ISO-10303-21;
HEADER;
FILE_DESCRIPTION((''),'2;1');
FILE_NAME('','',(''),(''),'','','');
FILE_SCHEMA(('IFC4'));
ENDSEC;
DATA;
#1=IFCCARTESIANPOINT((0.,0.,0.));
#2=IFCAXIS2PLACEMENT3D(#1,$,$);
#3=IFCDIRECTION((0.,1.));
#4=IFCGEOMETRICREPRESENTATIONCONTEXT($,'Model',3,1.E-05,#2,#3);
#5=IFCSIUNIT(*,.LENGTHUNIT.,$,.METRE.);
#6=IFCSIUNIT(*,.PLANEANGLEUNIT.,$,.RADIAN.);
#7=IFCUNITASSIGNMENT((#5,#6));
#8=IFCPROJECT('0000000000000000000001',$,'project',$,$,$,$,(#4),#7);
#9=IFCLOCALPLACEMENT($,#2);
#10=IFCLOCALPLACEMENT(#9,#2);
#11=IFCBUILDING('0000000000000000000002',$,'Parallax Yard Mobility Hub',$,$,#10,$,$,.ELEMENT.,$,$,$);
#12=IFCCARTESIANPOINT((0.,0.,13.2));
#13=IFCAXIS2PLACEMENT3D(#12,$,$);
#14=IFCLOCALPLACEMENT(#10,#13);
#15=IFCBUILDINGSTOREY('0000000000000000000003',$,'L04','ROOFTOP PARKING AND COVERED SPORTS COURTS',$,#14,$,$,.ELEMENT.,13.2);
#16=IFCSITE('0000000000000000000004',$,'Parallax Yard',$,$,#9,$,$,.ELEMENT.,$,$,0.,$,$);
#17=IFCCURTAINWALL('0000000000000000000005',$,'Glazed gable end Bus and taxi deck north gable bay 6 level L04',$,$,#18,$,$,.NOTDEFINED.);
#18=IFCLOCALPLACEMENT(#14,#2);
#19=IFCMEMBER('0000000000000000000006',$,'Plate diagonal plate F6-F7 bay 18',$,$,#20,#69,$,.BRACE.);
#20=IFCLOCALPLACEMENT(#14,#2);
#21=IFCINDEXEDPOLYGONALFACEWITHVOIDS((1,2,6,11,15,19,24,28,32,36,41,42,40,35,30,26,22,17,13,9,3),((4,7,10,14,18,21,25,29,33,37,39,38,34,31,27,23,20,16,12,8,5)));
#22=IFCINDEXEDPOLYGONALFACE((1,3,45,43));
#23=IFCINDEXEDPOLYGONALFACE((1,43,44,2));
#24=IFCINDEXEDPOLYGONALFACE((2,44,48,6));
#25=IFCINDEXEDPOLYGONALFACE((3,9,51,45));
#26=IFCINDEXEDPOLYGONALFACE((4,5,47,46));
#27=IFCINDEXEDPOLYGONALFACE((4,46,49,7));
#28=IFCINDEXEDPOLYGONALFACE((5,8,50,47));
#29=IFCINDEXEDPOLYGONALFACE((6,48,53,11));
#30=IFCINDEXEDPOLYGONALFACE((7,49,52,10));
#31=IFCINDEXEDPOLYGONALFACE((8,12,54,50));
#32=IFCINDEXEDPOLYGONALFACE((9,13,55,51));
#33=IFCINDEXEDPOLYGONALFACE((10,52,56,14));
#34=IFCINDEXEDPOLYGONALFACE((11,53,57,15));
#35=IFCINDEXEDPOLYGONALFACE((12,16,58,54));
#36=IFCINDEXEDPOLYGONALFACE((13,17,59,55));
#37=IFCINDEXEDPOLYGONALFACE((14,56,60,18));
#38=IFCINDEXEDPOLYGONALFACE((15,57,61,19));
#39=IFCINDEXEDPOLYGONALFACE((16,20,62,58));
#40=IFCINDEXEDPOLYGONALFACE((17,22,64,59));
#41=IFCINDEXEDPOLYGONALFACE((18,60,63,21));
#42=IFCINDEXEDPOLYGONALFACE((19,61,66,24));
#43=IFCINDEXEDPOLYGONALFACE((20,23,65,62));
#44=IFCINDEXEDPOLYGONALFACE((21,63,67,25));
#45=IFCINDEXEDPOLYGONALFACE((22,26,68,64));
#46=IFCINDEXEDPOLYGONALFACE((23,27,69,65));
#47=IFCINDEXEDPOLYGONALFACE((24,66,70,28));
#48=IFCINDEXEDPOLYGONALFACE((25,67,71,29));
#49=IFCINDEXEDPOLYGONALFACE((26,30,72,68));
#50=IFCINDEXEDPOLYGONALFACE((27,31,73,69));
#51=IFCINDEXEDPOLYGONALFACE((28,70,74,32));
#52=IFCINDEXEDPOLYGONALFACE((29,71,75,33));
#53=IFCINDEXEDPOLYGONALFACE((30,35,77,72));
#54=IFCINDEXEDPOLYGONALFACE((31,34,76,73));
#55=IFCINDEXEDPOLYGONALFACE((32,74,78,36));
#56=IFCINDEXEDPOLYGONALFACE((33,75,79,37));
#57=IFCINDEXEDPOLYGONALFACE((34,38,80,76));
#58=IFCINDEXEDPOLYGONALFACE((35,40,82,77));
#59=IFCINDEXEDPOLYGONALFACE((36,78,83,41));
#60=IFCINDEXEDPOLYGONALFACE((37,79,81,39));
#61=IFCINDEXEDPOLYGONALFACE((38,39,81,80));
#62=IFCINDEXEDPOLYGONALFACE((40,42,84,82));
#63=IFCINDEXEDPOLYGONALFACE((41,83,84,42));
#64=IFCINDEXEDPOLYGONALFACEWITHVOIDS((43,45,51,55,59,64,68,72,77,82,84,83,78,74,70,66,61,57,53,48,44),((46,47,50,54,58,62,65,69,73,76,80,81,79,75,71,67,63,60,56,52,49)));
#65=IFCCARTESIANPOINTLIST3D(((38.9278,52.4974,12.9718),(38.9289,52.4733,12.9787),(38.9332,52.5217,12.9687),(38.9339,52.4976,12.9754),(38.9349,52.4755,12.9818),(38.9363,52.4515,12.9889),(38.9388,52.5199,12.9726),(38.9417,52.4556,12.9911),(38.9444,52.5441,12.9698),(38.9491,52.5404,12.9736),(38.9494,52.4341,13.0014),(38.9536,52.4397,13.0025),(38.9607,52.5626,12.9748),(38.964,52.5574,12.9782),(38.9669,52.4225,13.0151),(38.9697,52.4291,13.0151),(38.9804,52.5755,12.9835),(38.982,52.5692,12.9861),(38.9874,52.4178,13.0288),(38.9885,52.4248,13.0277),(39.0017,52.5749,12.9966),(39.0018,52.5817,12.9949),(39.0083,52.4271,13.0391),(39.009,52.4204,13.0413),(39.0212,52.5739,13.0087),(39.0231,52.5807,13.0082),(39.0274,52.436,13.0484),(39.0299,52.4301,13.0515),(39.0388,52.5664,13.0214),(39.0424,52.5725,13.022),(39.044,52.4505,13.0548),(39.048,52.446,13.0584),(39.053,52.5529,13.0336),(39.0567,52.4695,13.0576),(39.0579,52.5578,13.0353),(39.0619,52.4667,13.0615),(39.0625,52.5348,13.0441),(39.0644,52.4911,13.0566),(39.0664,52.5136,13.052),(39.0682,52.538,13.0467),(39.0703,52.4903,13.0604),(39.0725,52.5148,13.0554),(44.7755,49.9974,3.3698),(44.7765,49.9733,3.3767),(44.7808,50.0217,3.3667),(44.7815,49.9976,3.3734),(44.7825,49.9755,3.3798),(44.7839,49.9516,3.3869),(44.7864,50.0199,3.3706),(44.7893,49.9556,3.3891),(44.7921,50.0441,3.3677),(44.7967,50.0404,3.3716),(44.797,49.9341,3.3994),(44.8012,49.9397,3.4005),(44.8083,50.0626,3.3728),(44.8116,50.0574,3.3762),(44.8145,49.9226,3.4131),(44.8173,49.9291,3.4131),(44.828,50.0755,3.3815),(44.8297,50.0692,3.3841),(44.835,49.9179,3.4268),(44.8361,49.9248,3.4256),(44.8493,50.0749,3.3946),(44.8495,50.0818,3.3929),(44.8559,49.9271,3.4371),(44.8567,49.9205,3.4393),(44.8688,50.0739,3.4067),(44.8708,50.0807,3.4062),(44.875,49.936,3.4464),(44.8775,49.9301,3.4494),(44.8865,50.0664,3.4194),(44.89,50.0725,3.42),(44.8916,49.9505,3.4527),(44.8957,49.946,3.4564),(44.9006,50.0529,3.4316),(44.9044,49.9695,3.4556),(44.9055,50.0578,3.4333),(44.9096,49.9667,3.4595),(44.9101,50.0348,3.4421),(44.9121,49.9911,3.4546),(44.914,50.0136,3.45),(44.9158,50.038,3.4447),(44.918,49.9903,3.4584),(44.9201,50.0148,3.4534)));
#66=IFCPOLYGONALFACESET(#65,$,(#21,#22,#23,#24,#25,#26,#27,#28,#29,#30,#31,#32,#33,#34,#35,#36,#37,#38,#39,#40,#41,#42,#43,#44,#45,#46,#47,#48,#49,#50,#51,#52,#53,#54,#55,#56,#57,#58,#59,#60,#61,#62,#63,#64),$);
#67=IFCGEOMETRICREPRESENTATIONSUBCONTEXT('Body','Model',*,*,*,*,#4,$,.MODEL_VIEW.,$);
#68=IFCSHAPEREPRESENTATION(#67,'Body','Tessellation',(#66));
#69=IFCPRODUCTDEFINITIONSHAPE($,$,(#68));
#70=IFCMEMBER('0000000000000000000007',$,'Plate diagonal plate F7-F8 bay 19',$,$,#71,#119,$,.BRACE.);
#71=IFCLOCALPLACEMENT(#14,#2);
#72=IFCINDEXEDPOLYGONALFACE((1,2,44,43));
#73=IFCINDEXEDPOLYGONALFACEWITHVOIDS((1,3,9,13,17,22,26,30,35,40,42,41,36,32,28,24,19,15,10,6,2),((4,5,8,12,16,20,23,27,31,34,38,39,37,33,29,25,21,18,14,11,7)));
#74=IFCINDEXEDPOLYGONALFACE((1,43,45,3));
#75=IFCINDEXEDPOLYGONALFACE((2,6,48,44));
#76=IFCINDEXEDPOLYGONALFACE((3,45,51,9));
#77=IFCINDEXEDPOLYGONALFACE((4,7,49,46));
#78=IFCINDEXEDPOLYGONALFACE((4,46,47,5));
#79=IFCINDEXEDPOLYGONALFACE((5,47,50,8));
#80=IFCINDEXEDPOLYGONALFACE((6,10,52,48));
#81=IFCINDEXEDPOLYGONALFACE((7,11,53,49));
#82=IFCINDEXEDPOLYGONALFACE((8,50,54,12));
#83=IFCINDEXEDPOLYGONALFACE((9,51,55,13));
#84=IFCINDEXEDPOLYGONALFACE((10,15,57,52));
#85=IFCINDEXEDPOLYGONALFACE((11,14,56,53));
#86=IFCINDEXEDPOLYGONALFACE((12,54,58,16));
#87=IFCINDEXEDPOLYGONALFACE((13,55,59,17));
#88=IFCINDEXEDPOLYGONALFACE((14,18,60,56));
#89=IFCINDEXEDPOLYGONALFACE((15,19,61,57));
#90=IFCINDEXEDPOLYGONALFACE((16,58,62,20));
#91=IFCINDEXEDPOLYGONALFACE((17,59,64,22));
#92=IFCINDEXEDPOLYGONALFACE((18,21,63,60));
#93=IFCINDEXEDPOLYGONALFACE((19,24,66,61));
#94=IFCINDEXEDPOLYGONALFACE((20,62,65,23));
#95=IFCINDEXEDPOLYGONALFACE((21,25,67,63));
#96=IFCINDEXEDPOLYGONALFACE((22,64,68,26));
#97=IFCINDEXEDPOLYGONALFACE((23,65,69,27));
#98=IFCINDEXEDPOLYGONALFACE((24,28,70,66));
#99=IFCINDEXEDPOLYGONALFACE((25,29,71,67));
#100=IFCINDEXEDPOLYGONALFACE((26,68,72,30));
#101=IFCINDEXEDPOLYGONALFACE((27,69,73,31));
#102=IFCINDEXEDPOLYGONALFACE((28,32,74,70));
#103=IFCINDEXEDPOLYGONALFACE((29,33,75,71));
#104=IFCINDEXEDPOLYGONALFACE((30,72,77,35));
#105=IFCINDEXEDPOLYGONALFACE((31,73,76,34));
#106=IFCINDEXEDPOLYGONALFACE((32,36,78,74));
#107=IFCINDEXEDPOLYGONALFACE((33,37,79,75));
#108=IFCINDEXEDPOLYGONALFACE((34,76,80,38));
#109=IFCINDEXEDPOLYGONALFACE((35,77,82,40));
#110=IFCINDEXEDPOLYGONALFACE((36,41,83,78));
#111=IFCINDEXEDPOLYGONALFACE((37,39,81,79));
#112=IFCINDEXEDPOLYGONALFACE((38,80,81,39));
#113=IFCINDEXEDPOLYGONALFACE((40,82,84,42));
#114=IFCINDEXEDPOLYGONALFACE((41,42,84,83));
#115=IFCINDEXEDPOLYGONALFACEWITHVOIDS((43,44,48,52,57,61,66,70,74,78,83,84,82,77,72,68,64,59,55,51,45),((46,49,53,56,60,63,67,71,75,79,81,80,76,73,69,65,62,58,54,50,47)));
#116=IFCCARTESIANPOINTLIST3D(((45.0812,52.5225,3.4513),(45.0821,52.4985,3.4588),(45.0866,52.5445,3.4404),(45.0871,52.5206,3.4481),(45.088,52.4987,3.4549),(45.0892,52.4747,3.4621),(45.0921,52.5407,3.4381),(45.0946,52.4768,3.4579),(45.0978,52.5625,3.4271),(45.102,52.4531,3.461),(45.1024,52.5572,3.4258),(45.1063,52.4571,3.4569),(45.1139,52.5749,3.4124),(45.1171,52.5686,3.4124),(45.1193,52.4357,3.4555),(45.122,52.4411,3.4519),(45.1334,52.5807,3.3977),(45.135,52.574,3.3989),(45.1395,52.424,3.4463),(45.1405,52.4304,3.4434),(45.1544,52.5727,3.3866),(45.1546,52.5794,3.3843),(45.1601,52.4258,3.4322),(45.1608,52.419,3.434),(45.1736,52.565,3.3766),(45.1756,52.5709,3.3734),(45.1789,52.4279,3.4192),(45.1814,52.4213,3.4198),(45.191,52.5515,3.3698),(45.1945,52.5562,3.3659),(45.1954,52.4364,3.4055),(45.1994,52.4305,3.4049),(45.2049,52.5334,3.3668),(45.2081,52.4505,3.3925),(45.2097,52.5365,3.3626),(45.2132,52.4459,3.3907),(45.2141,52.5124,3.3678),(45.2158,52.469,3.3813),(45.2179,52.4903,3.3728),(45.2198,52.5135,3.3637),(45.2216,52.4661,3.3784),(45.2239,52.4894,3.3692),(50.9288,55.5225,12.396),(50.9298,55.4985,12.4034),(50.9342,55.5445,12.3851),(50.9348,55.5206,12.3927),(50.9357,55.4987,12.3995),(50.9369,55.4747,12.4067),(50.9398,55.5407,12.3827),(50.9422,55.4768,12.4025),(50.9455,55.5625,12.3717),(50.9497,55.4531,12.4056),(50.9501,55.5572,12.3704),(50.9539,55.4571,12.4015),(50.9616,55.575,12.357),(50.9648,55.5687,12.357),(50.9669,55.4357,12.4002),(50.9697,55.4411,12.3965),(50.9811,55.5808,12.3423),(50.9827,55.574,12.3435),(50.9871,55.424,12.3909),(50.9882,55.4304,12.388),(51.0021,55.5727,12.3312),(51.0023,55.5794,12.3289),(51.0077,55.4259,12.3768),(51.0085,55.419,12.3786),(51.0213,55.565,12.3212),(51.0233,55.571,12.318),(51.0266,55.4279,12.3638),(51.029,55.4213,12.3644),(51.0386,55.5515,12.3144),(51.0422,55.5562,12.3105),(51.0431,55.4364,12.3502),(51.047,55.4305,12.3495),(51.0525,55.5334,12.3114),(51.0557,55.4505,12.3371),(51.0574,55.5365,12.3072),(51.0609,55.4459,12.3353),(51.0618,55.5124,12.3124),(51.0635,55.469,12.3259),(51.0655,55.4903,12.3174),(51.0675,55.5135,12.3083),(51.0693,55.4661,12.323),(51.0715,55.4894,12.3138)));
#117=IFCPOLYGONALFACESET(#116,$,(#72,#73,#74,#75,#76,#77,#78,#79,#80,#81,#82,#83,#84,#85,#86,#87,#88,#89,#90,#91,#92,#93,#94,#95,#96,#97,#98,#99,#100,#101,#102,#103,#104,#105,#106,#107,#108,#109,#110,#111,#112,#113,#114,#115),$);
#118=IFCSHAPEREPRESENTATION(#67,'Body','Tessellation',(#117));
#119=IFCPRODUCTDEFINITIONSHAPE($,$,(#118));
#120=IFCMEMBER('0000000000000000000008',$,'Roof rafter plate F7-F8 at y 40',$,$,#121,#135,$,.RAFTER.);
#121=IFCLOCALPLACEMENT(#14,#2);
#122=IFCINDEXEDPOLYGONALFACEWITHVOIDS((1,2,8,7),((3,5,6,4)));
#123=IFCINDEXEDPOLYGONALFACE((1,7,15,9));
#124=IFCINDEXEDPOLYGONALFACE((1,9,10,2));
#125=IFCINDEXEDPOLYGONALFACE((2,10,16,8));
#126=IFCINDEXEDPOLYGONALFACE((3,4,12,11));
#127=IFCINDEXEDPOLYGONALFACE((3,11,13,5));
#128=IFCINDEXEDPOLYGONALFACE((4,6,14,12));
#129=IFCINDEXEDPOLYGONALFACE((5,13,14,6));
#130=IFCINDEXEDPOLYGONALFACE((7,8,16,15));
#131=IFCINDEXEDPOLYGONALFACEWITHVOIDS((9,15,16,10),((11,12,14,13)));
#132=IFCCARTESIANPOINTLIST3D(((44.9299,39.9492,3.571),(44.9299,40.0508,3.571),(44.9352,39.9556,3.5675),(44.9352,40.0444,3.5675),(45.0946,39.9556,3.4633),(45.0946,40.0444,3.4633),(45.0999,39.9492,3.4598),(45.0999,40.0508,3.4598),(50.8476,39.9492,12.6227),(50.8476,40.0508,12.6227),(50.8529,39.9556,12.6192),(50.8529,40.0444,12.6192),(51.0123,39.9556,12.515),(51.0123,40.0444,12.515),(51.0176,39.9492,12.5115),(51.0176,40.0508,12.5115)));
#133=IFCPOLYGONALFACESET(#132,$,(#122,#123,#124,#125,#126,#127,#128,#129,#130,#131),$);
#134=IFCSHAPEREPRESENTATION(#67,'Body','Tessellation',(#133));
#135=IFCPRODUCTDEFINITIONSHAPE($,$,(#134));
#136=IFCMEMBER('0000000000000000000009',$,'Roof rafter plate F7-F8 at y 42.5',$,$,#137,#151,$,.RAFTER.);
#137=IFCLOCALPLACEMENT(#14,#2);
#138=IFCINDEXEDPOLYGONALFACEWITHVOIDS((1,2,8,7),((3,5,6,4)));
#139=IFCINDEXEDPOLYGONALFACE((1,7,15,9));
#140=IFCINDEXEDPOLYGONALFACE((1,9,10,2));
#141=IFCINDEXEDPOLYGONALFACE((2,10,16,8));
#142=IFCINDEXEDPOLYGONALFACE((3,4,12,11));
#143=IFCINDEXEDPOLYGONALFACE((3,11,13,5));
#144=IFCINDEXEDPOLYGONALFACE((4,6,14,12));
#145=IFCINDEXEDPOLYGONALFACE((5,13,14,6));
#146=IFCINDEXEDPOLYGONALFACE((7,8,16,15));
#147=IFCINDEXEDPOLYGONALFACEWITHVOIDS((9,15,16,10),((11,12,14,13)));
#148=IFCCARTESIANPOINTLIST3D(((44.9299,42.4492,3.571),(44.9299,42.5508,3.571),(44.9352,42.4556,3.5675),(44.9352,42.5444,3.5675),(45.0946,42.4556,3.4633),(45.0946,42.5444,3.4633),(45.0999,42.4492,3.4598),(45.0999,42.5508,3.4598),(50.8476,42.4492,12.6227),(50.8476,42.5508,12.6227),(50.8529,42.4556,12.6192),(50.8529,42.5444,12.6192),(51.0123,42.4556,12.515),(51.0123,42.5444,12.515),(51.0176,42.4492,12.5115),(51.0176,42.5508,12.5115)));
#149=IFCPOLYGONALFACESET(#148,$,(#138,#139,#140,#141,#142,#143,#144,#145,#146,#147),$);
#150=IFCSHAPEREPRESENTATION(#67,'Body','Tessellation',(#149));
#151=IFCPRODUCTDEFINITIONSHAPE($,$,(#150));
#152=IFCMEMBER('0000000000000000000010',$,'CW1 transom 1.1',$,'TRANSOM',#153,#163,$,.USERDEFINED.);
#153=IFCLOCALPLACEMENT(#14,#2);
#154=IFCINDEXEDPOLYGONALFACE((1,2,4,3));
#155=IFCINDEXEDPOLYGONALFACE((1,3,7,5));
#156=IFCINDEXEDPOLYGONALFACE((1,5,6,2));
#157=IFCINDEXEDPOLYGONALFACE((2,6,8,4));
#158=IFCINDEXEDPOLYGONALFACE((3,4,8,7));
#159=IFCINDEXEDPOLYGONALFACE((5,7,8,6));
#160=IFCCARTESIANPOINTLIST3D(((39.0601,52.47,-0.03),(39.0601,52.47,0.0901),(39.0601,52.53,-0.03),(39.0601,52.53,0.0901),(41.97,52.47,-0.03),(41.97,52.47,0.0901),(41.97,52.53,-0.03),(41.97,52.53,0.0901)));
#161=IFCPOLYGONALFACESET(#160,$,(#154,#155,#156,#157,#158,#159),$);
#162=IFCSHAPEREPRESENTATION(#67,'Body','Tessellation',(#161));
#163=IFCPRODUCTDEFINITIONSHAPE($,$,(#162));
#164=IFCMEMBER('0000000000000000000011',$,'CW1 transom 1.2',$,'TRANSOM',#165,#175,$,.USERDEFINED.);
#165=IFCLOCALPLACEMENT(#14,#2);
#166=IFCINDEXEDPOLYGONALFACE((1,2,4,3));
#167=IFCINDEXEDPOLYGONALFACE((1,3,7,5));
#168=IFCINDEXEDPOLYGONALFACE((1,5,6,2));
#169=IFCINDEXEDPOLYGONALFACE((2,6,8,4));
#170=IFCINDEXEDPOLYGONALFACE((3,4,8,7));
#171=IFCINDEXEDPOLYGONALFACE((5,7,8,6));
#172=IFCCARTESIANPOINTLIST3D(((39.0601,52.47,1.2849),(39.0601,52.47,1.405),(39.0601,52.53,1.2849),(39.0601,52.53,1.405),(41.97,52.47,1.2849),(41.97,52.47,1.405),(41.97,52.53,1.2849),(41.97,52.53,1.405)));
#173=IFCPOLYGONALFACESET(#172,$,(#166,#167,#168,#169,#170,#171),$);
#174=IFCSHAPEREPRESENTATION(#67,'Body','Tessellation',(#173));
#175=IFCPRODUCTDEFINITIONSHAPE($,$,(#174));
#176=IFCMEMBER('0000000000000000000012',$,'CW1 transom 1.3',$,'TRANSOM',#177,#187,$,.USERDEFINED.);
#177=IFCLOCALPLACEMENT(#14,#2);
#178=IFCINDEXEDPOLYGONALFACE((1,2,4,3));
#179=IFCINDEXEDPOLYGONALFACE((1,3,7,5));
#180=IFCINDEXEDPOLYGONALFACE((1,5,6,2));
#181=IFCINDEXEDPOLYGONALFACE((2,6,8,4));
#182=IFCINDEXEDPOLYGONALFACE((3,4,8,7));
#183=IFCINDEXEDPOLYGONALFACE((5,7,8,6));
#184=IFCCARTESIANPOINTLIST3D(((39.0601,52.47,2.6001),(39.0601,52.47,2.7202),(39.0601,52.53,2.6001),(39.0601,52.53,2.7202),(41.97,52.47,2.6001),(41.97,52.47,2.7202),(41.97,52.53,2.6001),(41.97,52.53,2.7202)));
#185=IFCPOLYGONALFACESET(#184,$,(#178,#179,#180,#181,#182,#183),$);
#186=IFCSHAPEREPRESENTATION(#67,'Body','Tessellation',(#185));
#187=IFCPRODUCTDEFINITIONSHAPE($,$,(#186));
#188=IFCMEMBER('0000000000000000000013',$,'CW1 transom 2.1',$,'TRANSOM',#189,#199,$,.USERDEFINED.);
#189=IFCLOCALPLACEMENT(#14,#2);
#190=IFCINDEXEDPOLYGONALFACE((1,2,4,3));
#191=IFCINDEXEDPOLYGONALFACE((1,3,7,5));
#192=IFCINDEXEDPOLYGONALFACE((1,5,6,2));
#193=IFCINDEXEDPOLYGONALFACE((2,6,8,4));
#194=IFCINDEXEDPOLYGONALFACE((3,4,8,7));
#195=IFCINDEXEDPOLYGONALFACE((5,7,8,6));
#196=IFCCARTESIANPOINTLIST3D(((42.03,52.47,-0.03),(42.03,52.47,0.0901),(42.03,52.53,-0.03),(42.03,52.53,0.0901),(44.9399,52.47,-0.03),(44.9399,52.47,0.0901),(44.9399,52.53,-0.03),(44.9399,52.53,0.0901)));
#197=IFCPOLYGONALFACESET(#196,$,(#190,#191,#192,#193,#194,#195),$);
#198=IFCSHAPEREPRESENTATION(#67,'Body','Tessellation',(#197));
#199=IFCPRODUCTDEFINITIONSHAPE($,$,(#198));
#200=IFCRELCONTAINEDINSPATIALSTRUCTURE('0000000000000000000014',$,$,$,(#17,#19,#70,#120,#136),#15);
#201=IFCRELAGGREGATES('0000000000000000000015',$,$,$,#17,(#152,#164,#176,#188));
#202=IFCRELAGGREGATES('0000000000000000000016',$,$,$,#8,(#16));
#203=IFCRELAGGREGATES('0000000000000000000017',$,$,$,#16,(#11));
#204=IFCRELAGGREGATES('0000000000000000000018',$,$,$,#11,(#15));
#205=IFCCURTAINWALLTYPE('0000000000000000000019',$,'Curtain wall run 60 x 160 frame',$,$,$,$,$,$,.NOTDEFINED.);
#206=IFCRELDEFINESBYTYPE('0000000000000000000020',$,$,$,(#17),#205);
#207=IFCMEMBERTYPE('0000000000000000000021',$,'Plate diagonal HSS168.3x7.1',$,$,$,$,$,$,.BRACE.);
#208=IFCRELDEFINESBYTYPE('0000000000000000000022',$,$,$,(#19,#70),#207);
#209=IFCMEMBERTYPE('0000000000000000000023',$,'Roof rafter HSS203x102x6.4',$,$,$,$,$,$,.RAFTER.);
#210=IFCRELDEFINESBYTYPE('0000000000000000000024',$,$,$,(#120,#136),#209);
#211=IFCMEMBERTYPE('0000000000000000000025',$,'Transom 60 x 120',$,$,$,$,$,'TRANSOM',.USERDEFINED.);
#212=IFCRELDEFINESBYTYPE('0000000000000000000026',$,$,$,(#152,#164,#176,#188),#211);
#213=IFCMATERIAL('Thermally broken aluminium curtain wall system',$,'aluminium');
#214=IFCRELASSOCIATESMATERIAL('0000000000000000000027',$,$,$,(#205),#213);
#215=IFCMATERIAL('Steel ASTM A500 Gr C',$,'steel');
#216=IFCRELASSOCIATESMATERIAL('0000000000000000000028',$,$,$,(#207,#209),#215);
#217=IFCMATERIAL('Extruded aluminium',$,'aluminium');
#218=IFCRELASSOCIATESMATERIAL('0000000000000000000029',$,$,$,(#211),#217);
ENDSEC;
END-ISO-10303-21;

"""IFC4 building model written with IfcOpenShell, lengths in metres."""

from ifc_helpers import new_model, si_unit, direction, frame, origin, origin_2d, place, context, subcontext, project, spatial, rectangle, hollow_rectangle, hollow_circle, extrude, material, material_profile, profile_set, type_object, element, aggregate, save


model = new_model("IFC4")

# Units and contexts
model_context = context("Model", 3, precision=1e-05, world=origin(), true_north=direction((0.0, 1.0)))
body_context = subcontext(model_context, "Body", "Model", "MODEL_VIEW")
ifc_project = project(units=[si_unit("LENGTHUNIT", "METRE"), si_unit("PLANEANGLEUNIT", "RADIAN")], contexts=[model_context])

# Site, building, storey
site_placement = place(None, origin())
site = spatial("IfcSite", under=ifc_project, at=site_placement, Name="Parallax Yard", CompositionType="ELEMENT", RefElevation=0.0)
building_placement = place(site_placement, origin())
building = spatial("IfcBuilding", under=site, at=building_placement, Name="Parallax Yard Mobility Hub", CompositionType="ELEMENT")
storey_placement = place(building_placement, frame((0.0, 0.0, 13.2)))
storey = spatial("IfcBuildingStorey", under=building, at=storey_placement, Name="L04", Description="ROOFTOP PARKING AND COVERED SPORTS COURTS", CompositionType="ELEMENT", Elevation=13.2)

# Curtain wall
ifc_material_1 = material(Name="Thermally broken aluminium curtain wall system", Category="aluminium")
curtain_wall_type = type_object("IfcCurtainWallType", Name="Curtain wall run 60 x 160 frame", PredefinedType="NOTDEFINED", material=ifc_material_1)
curtain_wall_1_placement = place(storey_placement, origin())
curtain_wall_1 = element("IfcCurtainWall", 1, at=curtain_wall_1_placement, inside=storey, type_object=curtain_wall_type, Name="Glazed gable end Bus and taxi deck north gable bay 6 level L04", PredefinedType="NOTDEFINED")
ifc_material_2 = material(Name="Extruded aluminium", Category="aluminium")

# Members
ifc_material_3 = material(Name="Steel ASTM A500 Gr C", Category="steel")
ifc_material_profile_1 = material_profile(ifc_material_3, hollow_circle(Radius=0.0842, WallThickness=0.0071, at=origin_2d()), Name="HSS168.3x7.1")
ifc_profile_set_1 = profile_set([ifc_material_profile_1], Name="Steel ASTM A500 Gr C")
member_type_1 = type_object("IfcMemberType", Name="Plate diagonal HSS168.3x7.1", PredefinedType="BRACE", material=ifc_profile_set_1)
member_1_placement = place(storey_placement, frame((44.8477, 50.0, 3.4131), z_axis=(-0.507735, 0.217068, 0.833718), x_axis=(-0.393104, -0.919494, 0.0)))
element("IfcMember", 2, at=member_1_placement, inside=storey, type_object=member_type_1, Name="Plate diagonal plate F6-F7 bay 18", PredefinedType="BRACE", context=body_context, shape_type="SweptSolid", body=[
    extrude(hollow_circle(Radius=0.0842, WallThickness=0.0071, at=origin_2d()), origin(), (0.0, 0.0, 1.0), 11.5171),
])
member_2_placement = place(storey_placement, frame((45.1523, 52.5, 3.4124), z_axis=(0.526836, 0.270281, 0.805849), x_axis=(-0.456461, 0.889743, 0.0)))
element("IfcMember", 3, at=member_2_placement, inside=storey, type_object=member_type_1, Name="Plate diagonal plate F7-F8 bay 19", PredefinedType="BRACE", context=body_context, shape_type="SweptSolid", body=[
    extrude(hollow_circle(Radius=0.0842, WallThickness=0.0071, at=origin_2d()), origin(), (0.0, 0.0, 1.0), 11.0996),
])
ifc_material_profile_2 = material_profile(ifc_material_3, hollow_rectangle(XDim=0.1016, YDim=0.2031, WallThickness=0.0063, at=origin_2d()), Name="HSS203x102x6.4")
ifc_profile_set_2 = profile_set([ifc_material_profile_2], Name="Steel ASTM A500 Gr C")
member_type_2 = type_object("IfcMemberType", Name="Roof rafter HSS203x102x6.4", PredefinedType="RAFTER", material=ifc_profile_set_2)
for number, where, z_axis, x_axis, name in (
    (4, (45.0149, 40.0, 3.5154), (0.547202, 0.0, 0.837001), (0.0, 1.0, 0.0), "Roof rafter plate F7-F8 at y 40"),
    (5, (45.0149, 42.5, 3.5154), (0.547202, 0.0, 0.837001), (0.0, 1.0, 0.0), "Roof rafter plate F7-F8 at y 42.5"),
):
    element("IfcMember", number, at=place(storey_placement, frame(where, z_axis=z_axis, x_axis=x_axis)), inside=storey, type_object=member_type_2, Name=name, PredefinedType="RAFTER", context=body_context, shape_type="SweptSolid", body=[
        extrude(hollow_rectangle(XDim=0.1016, YDim=0.2031, WallThickness=0.0063, at=origin_2d()), origin(), (0.0, 0.0, 1.0), 10.8145),
    ])

# Members
ifc_material_profile_3 = material_profile(ifc_material_2, rectangle(XDim=0.0601, YDim=0.1201, at=origin_2d()), Name="Transom 60 x 120")
ifc_profile_set_3 = profile_set([ifc_material_profile_3], Name="Extruded aluminium")
member_type_3 = type_object("IfcMemberType", Name="Transom 60 x 120", ElementType="TRANSOM", PredefinedType="USERDEFINED", material=ifc_profile_set_3)
member_3_placement = place(storey_placement, frame((39.0601, 52.5, 0.03), z_axis=(1.0, 0.0, 0.0), x_axis=(0.0, 1.0, 0.0)))
member_3 = element("IfcMember", 6, at=member_3_placement, type_object=member_type_3, Name="CW1 transom 1.1", ObjectType="TRANSOM", PredefinedType="USERDEFINED", context=body_context, shape_type="SweptSolid", body=[
    extrude(rectangle(XDim=0.0601, YDim=0.1201, at=origin_2d()), origin(), (0.0, 0.0, 1.0), 2.9099),
])
member_4_placement = place(storey_placement, frame((39.0601, 52.5, 1.345), z_axis=(1.0, 0.0, 0.0), x_axis=(0.0, 1.0, 0.0)))
member_4 = element("IfcMember", 7, at=member_4_placement, type_object=member_type_3, Name="CW1 transom 1.2", ObjectType="TRANSOM", PredefinedType="USERDEFINED", context=body_context, shape_type="SweptSolid", body=[
    extrude(rectangle(XDim=0.0601, YDim=0.1201, at=origin_2d()), origin(), (0.0, 0.0, 1.0), 2.9099),
])
member_5_placement = place(storey_placement, frame((39.0601, 52.5, 2.6602), z_axis=(1.0, 0.0, 0.0), x_axis=(0.0, 1.0, 0.0)))
member_5 = element("IfcMember", 8, at=member_5_placement, type_object=member_type_3, Name="CW1 transom 1.3", ObjectType="TRANSOM", PredefinedType="USERDEFINED", context=body_context, shape_type="SweptSolid", body=[
    extrude(rectangle(XDim=0.0601, YDim=0.1201, at=origin_2d()), origin(), (0.0, 0.0, 1.0), 2.9099),
])
member_6_placement = place(storey_placement, frame((42.03, 52.5, 0.03), z_axis=(1.0, 0.0, 0.0), x_axis=(0.0, 1.0, 0.0)))
member_6 = element("IfcMember", 9, at=member_6_placement, type_object=member_type_3, Name="CW1 transom 2.1", ObjectType="TRANSOM", PredefinedType="USERDEFINED", context=body_context, shape_type="SweptSolid", body=[
    extrude(rectangle(XDim=0.0601, YDim=0.1201, at=origin_2d()), origin(), (0.0, 0.0, 1.0), 2.9099),
])

aggregate(curtain_wall_1, [member_3, member_4, member_5, member_6])

save(model, "model.ifc")
